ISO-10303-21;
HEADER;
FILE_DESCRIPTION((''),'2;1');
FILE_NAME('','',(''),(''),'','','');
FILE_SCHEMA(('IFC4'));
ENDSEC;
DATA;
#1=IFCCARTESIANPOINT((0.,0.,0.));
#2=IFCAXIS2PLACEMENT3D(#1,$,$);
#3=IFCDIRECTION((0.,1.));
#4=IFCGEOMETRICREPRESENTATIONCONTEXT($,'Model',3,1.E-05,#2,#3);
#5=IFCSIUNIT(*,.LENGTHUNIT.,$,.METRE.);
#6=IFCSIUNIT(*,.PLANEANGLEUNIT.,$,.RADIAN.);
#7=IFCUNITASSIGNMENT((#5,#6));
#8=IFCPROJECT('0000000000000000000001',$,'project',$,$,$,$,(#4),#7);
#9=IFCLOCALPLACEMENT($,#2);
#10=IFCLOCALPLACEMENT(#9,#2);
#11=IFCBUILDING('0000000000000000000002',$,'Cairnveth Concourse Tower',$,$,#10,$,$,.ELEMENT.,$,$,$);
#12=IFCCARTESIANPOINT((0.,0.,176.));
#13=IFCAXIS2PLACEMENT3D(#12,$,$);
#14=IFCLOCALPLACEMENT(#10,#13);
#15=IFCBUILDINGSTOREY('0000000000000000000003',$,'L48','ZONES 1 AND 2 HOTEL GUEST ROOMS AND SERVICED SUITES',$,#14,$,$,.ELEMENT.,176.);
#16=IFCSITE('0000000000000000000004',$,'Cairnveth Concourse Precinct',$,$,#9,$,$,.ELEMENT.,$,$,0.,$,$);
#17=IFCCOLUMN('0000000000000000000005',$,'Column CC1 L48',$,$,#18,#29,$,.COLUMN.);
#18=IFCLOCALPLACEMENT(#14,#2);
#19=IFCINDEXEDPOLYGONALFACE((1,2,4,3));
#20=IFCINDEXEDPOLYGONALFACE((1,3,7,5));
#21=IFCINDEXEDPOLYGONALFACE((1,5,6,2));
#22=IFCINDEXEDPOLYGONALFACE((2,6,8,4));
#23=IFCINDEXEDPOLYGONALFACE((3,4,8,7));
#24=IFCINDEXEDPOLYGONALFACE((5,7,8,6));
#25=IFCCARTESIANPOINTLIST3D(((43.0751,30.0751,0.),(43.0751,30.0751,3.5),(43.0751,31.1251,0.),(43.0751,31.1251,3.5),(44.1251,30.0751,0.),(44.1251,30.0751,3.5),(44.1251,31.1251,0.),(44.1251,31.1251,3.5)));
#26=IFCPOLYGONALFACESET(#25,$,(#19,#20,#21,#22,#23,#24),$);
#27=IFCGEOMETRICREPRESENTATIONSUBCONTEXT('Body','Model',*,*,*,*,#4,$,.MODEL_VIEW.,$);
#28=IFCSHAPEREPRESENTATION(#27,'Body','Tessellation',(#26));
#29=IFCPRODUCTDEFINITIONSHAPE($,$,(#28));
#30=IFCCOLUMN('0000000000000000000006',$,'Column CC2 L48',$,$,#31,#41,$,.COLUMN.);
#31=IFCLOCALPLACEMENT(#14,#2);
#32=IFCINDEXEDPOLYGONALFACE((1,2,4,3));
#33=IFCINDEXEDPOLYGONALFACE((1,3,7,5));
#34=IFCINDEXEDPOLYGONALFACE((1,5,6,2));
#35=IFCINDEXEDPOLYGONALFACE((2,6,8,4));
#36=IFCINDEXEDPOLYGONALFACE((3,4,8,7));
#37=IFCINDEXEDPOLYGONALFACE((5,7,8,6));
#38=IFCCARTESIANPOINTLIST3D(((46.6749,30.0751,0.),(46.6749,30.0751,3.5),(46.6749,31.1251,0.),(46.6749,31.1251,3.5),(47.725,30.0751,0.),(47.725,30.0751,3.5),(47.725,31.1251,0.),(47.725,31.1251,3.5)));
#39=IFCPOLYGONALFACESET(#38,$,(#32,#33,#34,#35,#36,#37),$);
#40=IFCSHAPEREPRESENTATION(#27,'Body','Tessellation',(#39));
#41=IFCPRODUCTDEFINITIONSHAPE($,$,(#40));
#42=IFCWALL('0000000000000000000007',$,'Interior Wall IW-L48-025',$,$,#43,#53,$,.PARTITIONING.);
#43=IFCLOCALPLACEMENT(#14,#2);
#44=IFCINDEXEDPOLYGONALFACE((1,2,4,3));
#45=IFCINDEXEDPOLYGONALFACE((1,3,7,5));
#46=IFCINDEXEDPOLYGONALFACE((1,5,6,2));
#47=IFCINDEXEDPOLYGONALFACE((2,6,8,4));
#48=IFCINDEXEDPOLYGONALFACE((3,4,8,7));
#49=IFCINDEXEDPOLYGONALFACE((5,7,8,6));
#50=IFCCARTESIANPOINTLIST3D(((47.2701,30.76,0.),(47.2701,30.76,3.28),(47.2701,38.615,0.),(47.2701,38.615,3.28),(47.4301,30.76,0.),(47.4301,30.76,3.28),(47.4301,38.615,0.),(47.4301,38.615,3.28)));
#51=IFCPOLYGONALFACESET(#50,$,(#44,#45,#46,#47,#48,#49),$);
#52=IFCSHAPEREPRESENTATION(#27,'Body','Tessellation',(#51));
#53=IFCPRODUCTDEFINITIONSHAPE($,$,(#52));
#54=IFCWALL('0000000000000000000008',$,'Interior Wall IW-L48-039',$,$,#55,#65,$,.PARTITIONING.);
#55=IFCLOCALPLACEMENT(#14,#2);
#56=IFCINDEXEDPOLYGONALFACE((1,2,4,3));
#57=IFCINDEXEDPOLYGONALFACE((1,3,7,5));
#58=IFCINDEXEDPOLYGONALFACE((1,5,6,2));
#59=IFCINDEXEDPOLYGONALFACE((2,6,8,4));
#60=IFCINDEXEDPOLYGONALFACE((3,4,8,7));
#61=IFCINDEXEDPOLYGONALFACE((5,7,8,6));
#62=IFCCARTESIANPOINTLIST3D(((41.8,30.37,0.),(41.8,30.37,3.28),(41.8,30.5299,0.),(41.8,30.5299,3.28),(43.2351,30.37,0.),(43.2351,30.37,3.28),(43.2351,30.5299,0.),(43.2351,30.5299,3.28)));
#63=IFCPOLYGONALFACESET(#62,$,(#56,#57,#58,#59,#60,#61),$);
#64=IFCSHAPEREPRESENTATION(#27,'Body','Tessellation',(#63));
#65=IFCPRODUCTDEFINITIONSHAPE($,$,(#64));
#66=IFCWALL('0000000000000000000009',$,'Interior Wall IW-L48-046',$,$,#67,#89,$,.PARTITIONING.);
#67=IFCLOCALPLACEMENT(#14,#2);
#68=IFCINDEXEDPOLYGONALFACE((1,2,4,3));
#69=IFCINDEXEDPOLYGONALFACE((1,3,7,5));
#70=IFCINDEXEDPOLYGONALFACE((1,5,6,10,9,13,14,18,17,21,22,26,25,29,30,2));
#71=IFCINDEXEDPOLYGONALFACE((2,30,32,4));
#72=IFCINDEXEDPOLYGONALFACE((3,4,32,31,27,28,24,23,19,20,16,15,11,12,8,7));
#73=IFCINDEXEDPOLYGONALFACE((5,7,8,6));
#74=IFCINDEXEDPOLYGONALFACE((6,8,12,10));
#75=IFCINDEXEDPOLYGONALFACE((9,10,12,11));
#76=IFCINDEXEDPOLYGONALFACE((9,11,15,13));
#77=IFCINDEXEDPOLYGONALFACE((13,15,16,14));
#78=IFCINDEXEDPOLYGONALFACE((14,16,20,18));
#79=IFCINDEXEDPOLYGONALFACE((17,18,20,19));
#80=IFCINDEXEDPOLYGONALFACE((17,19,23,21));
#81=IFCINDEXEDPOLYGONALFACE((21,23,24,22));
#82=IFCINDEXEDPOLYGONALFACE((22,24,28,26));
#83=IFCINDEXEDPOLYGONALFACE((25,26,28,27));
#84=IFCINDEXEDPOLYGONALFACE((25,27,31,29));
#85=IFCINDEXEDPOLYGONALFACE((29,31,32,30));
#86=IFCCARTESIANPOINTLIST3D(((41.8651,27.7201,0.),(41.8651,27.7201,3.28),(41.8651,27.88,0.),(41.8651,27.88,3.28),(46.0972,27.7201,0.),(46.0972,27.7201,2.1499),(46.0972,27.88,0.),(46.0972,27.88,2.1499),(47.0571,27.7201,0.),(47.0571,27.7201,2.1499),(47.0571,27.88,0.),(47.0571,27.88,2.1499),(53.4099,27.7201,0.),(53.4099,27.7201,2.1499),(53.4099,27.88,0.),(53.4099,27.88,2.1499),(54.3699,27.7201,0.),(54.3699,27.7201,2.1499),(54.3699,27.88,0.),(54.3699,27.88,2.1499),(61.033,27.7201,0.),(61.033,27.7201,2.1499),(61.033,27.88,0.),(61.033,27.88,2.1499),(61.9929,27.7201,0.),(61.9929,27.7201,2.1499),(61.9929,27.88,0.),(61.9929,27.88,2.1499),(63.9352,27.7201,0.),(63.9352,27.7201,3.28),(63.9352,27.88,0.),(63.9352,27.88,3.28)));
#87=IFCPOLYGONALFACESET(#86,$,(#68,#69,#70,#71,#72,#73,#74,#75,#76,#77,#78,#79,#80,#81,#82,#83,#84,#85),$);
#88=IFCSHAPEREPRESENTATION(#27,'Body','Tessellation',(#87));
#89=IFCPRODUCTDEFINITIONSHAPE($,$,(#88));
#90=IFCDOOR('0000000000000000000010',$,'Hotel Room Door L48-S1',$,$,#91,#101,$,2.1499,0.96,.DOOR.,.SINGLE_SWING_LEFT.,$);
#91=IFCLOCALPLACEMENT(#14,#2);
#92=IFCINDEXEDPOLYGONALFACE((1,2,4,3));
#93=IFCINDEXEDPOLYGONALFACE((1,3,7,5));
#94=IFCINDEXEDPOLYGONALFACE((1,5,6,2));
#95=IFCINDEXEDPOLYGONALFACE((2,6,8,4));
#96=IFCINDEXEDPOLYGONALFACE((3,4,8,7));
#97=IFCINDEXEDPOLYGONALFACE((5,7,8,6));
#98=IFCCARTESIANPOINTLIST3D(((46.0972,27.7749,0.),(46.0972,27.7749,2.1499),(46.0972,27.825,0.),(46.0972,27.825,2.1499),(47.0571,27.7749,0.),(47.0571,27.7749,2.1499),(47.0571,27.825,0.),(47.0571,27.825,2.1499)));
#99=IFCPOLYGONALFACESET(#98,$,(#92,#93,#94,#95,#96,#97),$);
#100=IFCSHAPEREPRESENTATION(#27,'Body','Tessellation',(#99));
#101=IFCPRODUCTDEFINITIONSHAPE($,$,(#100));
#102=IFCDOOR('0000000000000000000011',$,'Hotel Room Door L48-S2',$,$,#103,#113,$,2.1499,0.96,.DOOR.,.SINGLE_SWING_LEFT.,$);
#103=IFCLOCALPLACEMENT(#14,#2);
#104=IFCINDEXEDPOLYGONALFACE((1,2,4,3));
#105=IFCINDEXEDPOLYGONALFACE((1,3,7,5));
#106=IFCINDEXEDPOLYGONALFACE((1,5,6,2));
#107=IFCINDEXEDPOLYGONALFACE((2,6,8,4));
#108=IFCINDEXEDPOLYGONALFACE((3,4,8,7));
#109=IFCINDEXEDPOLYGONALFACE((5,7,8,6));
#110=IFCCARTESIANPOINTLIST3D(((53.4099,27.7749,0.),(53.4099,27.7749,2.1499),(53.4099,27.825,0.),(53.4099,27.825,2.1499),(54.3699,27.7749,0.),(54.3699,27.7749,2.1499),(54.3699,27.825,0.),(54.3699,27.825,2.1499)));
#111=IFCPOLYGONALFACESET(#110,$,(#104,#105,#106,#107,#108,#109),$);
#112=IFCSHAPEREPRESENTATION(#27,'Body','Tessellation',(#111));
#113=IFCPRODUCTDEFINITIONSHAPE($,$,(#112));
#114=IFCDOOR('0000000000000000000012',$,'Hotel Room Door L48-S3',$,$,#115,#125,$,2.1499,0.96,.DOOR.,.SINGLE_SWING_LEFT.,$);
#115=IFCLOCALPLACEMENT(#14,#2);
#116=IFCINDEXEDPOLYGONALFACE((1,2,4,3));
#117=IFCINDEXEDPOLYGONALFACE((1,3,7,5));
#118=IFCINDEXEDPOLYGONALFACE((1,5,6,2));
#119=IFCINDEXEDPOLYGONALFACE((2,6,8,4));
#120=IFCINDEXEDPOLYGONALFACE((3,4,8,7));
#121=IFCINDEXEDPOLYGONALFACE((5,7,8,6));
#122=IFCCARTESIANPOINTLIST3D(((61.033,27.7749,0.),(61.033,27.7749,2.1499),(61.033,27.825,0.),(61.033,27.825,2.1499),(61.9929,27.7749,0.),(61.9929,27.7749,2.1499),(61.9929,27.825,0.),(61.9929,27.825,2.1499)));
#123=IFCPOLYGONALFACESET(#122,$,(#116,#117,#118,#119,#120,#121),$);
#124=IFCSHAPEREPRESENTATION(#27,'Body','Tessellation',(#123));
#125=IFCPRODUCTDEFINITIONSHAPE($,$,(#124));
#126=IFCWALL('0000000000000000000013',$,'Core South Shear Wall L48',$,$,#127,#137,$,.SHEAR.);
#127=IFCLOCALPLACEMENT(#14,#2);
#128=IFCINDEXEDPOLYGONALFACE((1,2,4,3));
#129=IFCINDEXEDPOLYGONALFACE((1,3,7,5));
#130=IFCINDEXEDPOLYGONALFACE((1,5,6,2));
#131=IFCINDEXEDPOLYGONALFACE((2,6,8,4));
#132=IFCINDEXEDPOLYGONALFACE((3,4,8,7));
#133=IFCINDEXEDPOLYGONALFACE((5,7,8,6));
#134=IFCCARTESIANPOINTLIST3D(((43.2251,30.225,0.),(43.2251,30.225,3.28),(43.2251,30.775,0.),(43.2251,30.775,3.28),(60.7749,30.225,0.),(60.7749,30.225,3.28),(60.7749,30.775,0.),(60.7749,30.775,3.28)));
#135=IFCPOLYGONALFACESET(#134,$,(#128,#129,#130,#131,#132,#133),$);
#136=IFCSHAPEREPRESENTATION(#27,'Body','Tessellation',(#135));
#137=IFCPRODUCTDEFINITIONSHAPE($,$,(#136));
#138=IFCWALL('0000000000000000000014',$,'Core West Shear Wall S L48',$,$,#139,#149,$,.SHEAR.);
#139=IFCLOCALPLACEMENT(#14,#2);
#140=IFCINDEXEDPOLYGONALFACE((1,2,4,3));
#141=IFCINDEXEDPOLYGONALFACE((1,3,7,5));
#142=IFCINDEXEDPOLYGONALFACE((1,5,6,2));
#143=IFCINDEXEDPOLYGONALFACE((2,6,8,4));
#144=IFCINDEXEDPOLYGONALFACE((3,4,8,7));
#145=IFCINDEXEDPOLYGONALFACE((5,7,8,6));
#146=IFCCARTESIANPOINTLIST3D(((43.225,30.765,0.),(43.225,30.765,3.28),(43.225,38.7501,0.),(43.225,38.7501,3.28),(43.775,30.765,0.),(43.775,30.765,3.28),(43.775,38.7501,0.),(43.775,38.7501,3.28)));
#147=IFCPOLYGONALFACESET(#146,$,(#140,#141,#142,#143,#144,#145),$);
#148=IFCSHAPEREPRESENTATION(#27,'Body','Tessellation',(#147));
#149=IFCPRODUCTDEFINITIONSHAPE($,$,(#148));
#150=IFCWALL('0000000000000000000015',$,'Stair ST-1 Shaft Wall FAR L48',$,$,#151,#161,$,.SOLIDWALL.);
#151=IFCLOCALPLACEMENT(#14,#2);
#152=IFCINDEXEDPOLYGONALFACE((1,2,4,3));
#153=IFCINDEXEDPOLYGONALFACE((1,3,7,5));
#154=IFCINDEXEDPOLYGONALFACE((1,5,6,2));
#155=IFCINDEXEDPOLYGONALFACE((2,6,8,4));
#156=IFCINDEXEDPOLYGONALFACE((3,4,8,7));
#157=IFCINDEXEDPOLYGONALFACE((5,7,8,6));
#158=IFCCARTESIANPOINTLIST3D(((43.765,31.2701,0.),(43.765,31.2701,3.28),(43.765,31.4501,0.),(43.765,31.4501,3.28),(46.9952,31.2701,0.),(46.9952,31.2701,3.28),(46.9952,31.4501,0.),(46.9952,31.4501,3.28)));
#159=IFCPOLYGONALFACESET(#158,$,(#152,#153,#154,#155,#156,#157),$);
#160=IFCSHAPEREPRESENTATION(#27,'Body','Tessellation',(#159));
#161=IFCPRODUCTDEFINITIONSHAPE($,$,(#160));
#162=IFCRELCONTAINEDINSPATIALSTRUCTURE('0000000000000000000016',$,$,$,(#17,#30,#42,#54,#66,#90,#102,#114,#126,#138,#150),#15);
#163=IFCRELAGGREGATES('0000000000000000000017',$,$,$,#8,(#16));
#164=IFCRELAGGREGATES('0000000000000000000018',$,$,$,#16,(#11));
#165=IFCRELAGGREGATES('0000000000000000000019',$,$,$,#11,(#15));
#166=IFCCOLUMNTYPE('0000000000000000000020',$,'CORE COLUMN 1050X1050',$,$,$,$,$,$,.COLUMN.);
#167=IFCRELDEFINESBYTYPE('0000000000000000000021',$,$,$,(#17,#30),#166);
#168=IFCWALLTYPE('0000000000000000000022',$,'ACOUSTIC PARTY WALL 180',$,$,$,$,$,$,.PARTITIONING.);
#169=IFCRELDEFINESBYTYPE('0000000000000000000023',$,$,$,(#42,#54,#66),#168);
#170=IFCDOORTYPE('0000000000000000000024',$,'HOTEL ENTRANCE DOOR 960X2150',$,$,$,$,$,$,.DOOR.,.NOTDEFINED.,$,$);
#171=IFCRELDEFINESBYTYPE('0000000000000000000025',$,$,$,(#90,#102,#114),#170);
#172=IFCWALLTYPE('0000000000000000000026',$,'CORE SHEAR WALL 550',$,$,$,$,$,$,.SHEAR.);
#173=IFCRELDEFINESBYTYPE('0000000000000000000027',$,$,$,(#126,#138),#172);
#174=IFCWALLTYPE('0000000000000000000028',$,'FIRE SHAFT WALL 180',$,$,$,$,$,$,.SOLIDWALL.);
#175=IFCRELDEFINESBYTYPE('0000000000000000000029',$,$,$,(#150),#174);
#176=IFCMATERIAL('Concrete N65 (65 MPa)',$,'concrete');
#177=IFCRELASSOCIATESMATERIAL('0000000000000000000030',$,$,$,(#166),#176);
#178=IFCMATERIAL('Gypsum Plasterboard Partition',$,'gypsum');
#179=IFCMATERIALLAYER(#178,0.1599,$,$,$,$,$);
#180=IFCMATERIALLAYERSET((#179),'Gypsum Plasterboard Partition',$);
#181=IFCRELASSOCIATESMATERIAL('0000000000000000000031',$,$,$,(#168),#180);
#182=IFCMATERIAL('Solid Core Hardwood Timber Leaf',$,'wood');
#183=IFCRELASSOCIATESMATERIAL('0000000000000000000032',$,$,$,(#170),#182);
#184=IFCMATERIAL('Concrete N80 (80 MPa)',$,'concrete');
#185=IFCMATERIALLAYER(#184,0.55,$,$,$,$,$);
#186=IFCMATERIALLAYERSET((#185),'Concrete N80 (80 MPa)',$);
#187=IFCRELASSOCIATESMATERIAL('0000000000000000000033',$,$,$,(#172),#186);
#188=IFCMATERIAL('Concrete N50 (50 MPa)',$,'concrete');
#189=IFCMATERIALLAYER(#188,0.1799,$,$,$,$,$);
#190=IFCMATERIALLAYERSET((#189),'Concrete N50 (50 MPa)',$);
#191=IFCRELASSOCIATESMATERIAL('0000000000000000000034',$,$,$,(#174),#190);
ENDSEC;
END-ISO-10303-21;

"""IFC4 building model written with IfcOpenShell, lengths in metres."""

from ifc_helpers import new_model, si_unit, direction, frame, frame_2d, origin, origin_2d, place, context, subcontext, project, spatial, rectangle, extrude, material, layer, layer_set, material_profile, profile_set, type_object, element, fill, save


model = new_model("IFC4")

# Units and contexts
model_context = context("Model", 3, precision=1e-05, world=origin(), true_north=direction((0.0, 1.0)))
body_context = subcontext(model_context, "Body", "Model", "MODEL_VIEW")
ifc_project = project(units=[si_unit("LENGTHUNIT", "METRE"), si_unit("PLANEANGLEUNIT", "RADIAN")], contexts=[model_context])

# Site, building, storey
site_placement = place(None, origin())
site = spatial("IfcSite", under=ifc_project, at=site_placement, Name="Cairnveth Concourse Precinct", CompositionType="ELEMENT", RefElevation=0.0)
building_placement = place(site_placement, origin())
building = spatial("IfcBuilding", under=site, at=building_placement, Name="Cairnveth Concourse Tower", CompositionType="ELEMENT")
storey_placement = place(building_placement, frame((0.0, 0.0, 176.0)))
storey = spatial("IfcBuildingStorey", under=building, at=storey_placement, Name="L48", Description="ZONES 1 AND 2 HOTEL GUEST ROOMS AND SERVICED SUITES", CompositionType="ELEMENT", Elevation=176.0)

# Columns
ifc_material_1 = material(Name="Concrete N65 (65 MPa)", Category="concrete")
ifc_material_profile = material_profile(ifc_material_1, rectangle(XDim=1.05, YDim=1.05, at=origin_2d()), Name="RC-COL-1050x1050")
ifc_profile_set = profile_set([ifc_material_profile], Name="Concrete N65 (65 MPa)")
column_type = type_object("IfcColumnType", Name="CORE COLUMN 1050X1050", PredefinedType="COLUMN", material=ifc_profile_set)
for number, where, z_axis, x_axis, name in (
    (1, (43.6001, 30.6001, 0.0), (0.0, 0.0, 1.0), (1.0, 0.0, 0.0), "Column CC1 L48"),
    (2, (47.2, 30.6001, 0.0), (0.0, 0.0, 1.0), (1.0, 0.0, 0.0), "Column CC2 L48"),
):
    element("IfcColumn", number, at=place(storey_placement, frame(where, z_axis=z_axis, x_axis=x_axis)), inside=storey, type_object=column_type, Name=name, PredefinedType="COLUMN", context=body_context, shape_type="SweptSolid", body=[
        extrude(rectangle(XDim=1.05, YDim=1.05, at=origin_2d()), origin(), (0.0, 0.0, 1.0), 3.5),
    ])

# Walls
ifc_material_2 = material(Name="Gypsum Plasterboard Partition", Category="gypsum")
ifc_layer_1 = layer(ifc_material_2, 0.1599)
ifc_layer_set_1 = layer_set([ifc_layer_1], Name="Gypsum Plasterboard Partition")
wall_type_1 = type_object("IfcWallType", Name="ACOUSTIC PARTY WALL 180", PredefinedType="PARTITIONING", material=ifc_layer_set_1)
wall_1_placement = place(storey_placement, frame((47.3501, 30.76, 0.0), z_axis=(0.0, 0.0, 1.0), x_axis=(0.0, 1.0, 0.0)))
element("IfcWall", 3, at=wall_1_placement, inside=storey, type_object=wall_type_1, Name="Interior Wall IW-L48-025", PredefinedType="PARTITIONING", context=body_context, shape_type="SweptSolid", body=[
    extrude(rectangle(XDim=7.855, YDim=0.1599, at=frame_2d((3.9275, 0.0))), origin(), (0.0, 0.0, 1.0), 3.28),
])
wall_2_placement = place(storey_placement, frame((41.8, 30.45, 0.0), z_axis=(0.0, 0.0, 1.0), x_axis=(1.0, 0.0, 0.0)))
element("IfcWall", 4, at=wall_2_placement, inside=storey, type_object=wall_type_1, Name="Interior Wall IW-L48-039", PredefinedType="PARTITIONING", context=body_context, shape_type="SweptSolid", body=[
    extrude(rectangle(XDim=1.4351, YDim=0.1599, at=frame_2d((0.7175, 0.0))), origin(), (0.0, 0.0, 1.0), 3.28),
])

# Wall, openings, doors
wall_3_placement = place(storey_placement, frame((41.865, 27.8, 0.0), z_axis=(0.0, 0.0, 1.0), x_axis=(1.0, 0.0, 0.0)))
wall_3 = element("IfcWall", 5, at=wall_3_placement, inside=storey, type_object=wall_type_1, Name="Interior Wall IW-L48-046", PredefinedType="PARTITIONING", context=body_context, shape_type="SweptSolid", body=[
    extrude(rectangle(XDim=22.0701, YDim=0.1599, at=frame_2d((11.0352, 0.0))), origin(), (0.0, 0.0, 1.0), 3.28),
])
opening_1_placement = place(wall_3_placement, frame((4.2322, 0.0, 0.0)))
opening_1 = element("IfcOpeningElement", 6, at=opening_1_placement, cuts=wall_3, PredefinedType="OPENING", context=body_context, shape_type="SweptSolid", body=[
    extrude(rectangle(XDim=0.96, YDim=2.1499, at=frame_2d((0.48, 1.075))), frame((0.0, 0.0898, 0.0), z_axis=(0.0, -1.0, 0.0), x_axis=(1.0, 0.0, 0.0)), (0.0, 0.0, 1.0), 0.1799),
])
opening_2_placement = place(wall_3_placement, frame((11.5449, 0.0, 0.0)))
opening_2 = element("IfcOpeningElement", 7, at=opening_2_placement, cuts=wall_3, PredefinedType="OPENING", context=body_context, shape_type="SweptSolid", body=[
    extrude(rectangle(XDim=0.96, YDim=2.1499, at=frame_2d((0.48, 1.075))), frame((0.0, 0.0898, 0.0), z_axis=(0.0, -1.0, 0.0), x_axis=(1.0, 0.0, 0.0)), (0.0, 0.0, 1.0), 0.1799),
])
opening_3_placement = place(wall_3_placement, frame((19.168, 0.0, 0.0)))
opening_3 = element("IfcOpeningElement", 8, at=opening_3_placement, cuts=wall_3, PredefinedType="OPENING", context=body_context, shape_type="SweptSolid", body=[
    extrude(rectangle(XDim=0.96, YDim=2.1499, at=frame_2d((0.48, 1.075))), frame((0.0, 0.0898, 0.0), z_axis=(0.0, -1.0, 0.0), x_axis=(1.0, 0.0, 0.0)), (0.0, 0.0, 1.0), 0.1799),
])
ifc_material_3 = material(Name="Solid Core Hardwood Timber Leaf", Category="wood")
door_type_1 = type_object("IfcDoorType", Name="HOTEL ENTRANCE DOOR 960X2150", OperationType="NOTDEFINED", PredefinedType="DOOR", material=ifc_material_3)
door_1_placement = place(opening_1_placement, origin())
door_1 = element("IfcDoor", 9, at=door_1_placement, inside=storey, type_object=door_type_1, Name="Hotel Room Door L48-S1", OperationType="SINGLE_SWING_LEFT", OverallHeight=2.1499, OverallWidth=0.96, PredefinedType="DOOR", context=body_context, shape_type="SweptSolid", body=[
    extrude(rectangle(XDim=0.96, YDim=2.1499, at=frame_2d((0.48, 1.075))), frame((0.0, 0.0249, 0.0), z_axis=(0.0, -1.0, 0.0), x_axis=(1.0, 0.0, 0.0)), (0.0, 0.0, 1.0), 0.05),
])
fill(opening_1, door_1)
door_2_placement = place(opening_2_placement, origin())
door_2 = element("IfcDoor", 10, at=door_2_placement, inside=storey, type_object=door_type_1, Name="Hotel Room Door L48-S2", OperationType="SINGLE_SWING_LEFT", OverallHeight=2.1499, OverallWidth=0.96, PredefinedType="DOOR", context=body_context, shape_type="SweptSolid", body=[
    extrude(rectangle(XDim=0.96, YDim=2.1499, at=frame_2d((0.48, 1.075))), frame((0.0, 0.0249, 0.0), z_axis=(0.0, -1.0, 0.0), x_axis=(1.0, 0.0, 0.0)), (0.0, 0.0, 1.0), 0.05),
])
fill(opening_2, door_2)
door_3_placement = place(opening_3_placement, origin())
door_3 = element("IfcDoor", 11, at=door_3_placement, inside=storey, type_object=door_type_1, Name="Hotel Room Door L48-S3", OperationType="SINGLE_SWING_LEFT", OverallHeight=2.1499, OverallWidth=0.96, PredefinedType="DOOR", context=body_context, shape_type="SweptSolid", body=[
    extrude(rectangle(XDim=0.96, YDim=2.1499, at=frame_2d((0.48, 1.075))), frame((0.0, 0.0249, 0.0), z_axis=(0.0, -1.0, 0.0), x_axis=(1.0, 0.0, 0.0)), (0.0, 0.0, 1.0), 0.05),
])
fill(opening_3, door_3)

# Walls
ifc_material_4 = material(Name="Concrete N80 (80 MPa)", Category="concrete")
ifc_layer_2 = layer(ifc_material_4, 0.55)
ifc_layer_set_2 = layer_set([ifc_layer_2], Name="Concrete N80 (80 MPa)")
wall_type_2 = type_object("IfcWallType", Name="CORE SHEAR WALL 550", PredefinedType="SHEAR", material=ifc_layer_set_2)
wall_4_placement = place(storey_placement, frame((43.2251, 30.5, 0.0), z_axis=(0.0, 0.0, 1.0), x_axis=(1.0, 0.0, 0.0)))
element("IfcWall", 12, at=wall_4_placement, inside=storey, type_object=wall_type_2, Name="Core South Shear Wall L48", PredefinedType="SHEAR", context=body_context, shape_type="SweptSolid", body=[
    extrude(rectangle(XDim=17.5498, YDim=0.55, at=frame_2d((8.7749, 0.0))), origin(), (0.0, 0.0, 1.0), 3.28),
])
wall_5_placement = place(storey_placement, frame((43.5, 30.7649, 0.0), z_axis=(0.0, 0.0, 1.0), x_axis=(0.0, 1.0, 0.0)))
element("IfcWall", 13, at=wall_5_placement, inside=storey, type_object=wall_type_2, Name="Core West Shear Wall S L48", PredefinedType="SHEAR", context=body_context, shape_type="SweptSolid", body=[
    extrude(rectangle(XDim=7.9851, YDim=0.55, at=frame_2d((3.9927, 0.0))), origin(), (0.0, 0.0, 1.0), 3.28),
])
ifc_material_5 = material(Name="Concrete N50 (50 MPa)", Category="concrete")
ifc_layer_3 = layer(ifc_material_5, 0.1799)
ifc_layer_set_3 = layer_set([ifc_layer_3], Name="Concrete N50 (50 MPa)")
wall_type_3 = type_object("IfcWallType", Name="FIRE SHAFT WALL 180", PredefinedType="SOLIDWALL", material=ifc_layer_set_3)
wall_6_placement = place(storey_placement, frame((43.7649, 31.3601, 0.0), z_axis=(0.0, 0.0, 1.0), x_axis=(1.0, 0.0, 0.0)))
element("IfcWall", 14, at=wall_6_placement, inside=storey, type_object=wall_type_3, Name="Stair ST-1 Shaft Wall FAR L48", PredefinedType="SOLIDWALL", context=body_context, shape_type="SweptSolid", body=[
    extrude(rectangle(XDim=3.2302, YDim=0.1799, at=frame_2d((1.6152, 0.0))), origin(), (0.0, 0.0, 1.0), 3.28),
])

save(model, "model.ifc")
